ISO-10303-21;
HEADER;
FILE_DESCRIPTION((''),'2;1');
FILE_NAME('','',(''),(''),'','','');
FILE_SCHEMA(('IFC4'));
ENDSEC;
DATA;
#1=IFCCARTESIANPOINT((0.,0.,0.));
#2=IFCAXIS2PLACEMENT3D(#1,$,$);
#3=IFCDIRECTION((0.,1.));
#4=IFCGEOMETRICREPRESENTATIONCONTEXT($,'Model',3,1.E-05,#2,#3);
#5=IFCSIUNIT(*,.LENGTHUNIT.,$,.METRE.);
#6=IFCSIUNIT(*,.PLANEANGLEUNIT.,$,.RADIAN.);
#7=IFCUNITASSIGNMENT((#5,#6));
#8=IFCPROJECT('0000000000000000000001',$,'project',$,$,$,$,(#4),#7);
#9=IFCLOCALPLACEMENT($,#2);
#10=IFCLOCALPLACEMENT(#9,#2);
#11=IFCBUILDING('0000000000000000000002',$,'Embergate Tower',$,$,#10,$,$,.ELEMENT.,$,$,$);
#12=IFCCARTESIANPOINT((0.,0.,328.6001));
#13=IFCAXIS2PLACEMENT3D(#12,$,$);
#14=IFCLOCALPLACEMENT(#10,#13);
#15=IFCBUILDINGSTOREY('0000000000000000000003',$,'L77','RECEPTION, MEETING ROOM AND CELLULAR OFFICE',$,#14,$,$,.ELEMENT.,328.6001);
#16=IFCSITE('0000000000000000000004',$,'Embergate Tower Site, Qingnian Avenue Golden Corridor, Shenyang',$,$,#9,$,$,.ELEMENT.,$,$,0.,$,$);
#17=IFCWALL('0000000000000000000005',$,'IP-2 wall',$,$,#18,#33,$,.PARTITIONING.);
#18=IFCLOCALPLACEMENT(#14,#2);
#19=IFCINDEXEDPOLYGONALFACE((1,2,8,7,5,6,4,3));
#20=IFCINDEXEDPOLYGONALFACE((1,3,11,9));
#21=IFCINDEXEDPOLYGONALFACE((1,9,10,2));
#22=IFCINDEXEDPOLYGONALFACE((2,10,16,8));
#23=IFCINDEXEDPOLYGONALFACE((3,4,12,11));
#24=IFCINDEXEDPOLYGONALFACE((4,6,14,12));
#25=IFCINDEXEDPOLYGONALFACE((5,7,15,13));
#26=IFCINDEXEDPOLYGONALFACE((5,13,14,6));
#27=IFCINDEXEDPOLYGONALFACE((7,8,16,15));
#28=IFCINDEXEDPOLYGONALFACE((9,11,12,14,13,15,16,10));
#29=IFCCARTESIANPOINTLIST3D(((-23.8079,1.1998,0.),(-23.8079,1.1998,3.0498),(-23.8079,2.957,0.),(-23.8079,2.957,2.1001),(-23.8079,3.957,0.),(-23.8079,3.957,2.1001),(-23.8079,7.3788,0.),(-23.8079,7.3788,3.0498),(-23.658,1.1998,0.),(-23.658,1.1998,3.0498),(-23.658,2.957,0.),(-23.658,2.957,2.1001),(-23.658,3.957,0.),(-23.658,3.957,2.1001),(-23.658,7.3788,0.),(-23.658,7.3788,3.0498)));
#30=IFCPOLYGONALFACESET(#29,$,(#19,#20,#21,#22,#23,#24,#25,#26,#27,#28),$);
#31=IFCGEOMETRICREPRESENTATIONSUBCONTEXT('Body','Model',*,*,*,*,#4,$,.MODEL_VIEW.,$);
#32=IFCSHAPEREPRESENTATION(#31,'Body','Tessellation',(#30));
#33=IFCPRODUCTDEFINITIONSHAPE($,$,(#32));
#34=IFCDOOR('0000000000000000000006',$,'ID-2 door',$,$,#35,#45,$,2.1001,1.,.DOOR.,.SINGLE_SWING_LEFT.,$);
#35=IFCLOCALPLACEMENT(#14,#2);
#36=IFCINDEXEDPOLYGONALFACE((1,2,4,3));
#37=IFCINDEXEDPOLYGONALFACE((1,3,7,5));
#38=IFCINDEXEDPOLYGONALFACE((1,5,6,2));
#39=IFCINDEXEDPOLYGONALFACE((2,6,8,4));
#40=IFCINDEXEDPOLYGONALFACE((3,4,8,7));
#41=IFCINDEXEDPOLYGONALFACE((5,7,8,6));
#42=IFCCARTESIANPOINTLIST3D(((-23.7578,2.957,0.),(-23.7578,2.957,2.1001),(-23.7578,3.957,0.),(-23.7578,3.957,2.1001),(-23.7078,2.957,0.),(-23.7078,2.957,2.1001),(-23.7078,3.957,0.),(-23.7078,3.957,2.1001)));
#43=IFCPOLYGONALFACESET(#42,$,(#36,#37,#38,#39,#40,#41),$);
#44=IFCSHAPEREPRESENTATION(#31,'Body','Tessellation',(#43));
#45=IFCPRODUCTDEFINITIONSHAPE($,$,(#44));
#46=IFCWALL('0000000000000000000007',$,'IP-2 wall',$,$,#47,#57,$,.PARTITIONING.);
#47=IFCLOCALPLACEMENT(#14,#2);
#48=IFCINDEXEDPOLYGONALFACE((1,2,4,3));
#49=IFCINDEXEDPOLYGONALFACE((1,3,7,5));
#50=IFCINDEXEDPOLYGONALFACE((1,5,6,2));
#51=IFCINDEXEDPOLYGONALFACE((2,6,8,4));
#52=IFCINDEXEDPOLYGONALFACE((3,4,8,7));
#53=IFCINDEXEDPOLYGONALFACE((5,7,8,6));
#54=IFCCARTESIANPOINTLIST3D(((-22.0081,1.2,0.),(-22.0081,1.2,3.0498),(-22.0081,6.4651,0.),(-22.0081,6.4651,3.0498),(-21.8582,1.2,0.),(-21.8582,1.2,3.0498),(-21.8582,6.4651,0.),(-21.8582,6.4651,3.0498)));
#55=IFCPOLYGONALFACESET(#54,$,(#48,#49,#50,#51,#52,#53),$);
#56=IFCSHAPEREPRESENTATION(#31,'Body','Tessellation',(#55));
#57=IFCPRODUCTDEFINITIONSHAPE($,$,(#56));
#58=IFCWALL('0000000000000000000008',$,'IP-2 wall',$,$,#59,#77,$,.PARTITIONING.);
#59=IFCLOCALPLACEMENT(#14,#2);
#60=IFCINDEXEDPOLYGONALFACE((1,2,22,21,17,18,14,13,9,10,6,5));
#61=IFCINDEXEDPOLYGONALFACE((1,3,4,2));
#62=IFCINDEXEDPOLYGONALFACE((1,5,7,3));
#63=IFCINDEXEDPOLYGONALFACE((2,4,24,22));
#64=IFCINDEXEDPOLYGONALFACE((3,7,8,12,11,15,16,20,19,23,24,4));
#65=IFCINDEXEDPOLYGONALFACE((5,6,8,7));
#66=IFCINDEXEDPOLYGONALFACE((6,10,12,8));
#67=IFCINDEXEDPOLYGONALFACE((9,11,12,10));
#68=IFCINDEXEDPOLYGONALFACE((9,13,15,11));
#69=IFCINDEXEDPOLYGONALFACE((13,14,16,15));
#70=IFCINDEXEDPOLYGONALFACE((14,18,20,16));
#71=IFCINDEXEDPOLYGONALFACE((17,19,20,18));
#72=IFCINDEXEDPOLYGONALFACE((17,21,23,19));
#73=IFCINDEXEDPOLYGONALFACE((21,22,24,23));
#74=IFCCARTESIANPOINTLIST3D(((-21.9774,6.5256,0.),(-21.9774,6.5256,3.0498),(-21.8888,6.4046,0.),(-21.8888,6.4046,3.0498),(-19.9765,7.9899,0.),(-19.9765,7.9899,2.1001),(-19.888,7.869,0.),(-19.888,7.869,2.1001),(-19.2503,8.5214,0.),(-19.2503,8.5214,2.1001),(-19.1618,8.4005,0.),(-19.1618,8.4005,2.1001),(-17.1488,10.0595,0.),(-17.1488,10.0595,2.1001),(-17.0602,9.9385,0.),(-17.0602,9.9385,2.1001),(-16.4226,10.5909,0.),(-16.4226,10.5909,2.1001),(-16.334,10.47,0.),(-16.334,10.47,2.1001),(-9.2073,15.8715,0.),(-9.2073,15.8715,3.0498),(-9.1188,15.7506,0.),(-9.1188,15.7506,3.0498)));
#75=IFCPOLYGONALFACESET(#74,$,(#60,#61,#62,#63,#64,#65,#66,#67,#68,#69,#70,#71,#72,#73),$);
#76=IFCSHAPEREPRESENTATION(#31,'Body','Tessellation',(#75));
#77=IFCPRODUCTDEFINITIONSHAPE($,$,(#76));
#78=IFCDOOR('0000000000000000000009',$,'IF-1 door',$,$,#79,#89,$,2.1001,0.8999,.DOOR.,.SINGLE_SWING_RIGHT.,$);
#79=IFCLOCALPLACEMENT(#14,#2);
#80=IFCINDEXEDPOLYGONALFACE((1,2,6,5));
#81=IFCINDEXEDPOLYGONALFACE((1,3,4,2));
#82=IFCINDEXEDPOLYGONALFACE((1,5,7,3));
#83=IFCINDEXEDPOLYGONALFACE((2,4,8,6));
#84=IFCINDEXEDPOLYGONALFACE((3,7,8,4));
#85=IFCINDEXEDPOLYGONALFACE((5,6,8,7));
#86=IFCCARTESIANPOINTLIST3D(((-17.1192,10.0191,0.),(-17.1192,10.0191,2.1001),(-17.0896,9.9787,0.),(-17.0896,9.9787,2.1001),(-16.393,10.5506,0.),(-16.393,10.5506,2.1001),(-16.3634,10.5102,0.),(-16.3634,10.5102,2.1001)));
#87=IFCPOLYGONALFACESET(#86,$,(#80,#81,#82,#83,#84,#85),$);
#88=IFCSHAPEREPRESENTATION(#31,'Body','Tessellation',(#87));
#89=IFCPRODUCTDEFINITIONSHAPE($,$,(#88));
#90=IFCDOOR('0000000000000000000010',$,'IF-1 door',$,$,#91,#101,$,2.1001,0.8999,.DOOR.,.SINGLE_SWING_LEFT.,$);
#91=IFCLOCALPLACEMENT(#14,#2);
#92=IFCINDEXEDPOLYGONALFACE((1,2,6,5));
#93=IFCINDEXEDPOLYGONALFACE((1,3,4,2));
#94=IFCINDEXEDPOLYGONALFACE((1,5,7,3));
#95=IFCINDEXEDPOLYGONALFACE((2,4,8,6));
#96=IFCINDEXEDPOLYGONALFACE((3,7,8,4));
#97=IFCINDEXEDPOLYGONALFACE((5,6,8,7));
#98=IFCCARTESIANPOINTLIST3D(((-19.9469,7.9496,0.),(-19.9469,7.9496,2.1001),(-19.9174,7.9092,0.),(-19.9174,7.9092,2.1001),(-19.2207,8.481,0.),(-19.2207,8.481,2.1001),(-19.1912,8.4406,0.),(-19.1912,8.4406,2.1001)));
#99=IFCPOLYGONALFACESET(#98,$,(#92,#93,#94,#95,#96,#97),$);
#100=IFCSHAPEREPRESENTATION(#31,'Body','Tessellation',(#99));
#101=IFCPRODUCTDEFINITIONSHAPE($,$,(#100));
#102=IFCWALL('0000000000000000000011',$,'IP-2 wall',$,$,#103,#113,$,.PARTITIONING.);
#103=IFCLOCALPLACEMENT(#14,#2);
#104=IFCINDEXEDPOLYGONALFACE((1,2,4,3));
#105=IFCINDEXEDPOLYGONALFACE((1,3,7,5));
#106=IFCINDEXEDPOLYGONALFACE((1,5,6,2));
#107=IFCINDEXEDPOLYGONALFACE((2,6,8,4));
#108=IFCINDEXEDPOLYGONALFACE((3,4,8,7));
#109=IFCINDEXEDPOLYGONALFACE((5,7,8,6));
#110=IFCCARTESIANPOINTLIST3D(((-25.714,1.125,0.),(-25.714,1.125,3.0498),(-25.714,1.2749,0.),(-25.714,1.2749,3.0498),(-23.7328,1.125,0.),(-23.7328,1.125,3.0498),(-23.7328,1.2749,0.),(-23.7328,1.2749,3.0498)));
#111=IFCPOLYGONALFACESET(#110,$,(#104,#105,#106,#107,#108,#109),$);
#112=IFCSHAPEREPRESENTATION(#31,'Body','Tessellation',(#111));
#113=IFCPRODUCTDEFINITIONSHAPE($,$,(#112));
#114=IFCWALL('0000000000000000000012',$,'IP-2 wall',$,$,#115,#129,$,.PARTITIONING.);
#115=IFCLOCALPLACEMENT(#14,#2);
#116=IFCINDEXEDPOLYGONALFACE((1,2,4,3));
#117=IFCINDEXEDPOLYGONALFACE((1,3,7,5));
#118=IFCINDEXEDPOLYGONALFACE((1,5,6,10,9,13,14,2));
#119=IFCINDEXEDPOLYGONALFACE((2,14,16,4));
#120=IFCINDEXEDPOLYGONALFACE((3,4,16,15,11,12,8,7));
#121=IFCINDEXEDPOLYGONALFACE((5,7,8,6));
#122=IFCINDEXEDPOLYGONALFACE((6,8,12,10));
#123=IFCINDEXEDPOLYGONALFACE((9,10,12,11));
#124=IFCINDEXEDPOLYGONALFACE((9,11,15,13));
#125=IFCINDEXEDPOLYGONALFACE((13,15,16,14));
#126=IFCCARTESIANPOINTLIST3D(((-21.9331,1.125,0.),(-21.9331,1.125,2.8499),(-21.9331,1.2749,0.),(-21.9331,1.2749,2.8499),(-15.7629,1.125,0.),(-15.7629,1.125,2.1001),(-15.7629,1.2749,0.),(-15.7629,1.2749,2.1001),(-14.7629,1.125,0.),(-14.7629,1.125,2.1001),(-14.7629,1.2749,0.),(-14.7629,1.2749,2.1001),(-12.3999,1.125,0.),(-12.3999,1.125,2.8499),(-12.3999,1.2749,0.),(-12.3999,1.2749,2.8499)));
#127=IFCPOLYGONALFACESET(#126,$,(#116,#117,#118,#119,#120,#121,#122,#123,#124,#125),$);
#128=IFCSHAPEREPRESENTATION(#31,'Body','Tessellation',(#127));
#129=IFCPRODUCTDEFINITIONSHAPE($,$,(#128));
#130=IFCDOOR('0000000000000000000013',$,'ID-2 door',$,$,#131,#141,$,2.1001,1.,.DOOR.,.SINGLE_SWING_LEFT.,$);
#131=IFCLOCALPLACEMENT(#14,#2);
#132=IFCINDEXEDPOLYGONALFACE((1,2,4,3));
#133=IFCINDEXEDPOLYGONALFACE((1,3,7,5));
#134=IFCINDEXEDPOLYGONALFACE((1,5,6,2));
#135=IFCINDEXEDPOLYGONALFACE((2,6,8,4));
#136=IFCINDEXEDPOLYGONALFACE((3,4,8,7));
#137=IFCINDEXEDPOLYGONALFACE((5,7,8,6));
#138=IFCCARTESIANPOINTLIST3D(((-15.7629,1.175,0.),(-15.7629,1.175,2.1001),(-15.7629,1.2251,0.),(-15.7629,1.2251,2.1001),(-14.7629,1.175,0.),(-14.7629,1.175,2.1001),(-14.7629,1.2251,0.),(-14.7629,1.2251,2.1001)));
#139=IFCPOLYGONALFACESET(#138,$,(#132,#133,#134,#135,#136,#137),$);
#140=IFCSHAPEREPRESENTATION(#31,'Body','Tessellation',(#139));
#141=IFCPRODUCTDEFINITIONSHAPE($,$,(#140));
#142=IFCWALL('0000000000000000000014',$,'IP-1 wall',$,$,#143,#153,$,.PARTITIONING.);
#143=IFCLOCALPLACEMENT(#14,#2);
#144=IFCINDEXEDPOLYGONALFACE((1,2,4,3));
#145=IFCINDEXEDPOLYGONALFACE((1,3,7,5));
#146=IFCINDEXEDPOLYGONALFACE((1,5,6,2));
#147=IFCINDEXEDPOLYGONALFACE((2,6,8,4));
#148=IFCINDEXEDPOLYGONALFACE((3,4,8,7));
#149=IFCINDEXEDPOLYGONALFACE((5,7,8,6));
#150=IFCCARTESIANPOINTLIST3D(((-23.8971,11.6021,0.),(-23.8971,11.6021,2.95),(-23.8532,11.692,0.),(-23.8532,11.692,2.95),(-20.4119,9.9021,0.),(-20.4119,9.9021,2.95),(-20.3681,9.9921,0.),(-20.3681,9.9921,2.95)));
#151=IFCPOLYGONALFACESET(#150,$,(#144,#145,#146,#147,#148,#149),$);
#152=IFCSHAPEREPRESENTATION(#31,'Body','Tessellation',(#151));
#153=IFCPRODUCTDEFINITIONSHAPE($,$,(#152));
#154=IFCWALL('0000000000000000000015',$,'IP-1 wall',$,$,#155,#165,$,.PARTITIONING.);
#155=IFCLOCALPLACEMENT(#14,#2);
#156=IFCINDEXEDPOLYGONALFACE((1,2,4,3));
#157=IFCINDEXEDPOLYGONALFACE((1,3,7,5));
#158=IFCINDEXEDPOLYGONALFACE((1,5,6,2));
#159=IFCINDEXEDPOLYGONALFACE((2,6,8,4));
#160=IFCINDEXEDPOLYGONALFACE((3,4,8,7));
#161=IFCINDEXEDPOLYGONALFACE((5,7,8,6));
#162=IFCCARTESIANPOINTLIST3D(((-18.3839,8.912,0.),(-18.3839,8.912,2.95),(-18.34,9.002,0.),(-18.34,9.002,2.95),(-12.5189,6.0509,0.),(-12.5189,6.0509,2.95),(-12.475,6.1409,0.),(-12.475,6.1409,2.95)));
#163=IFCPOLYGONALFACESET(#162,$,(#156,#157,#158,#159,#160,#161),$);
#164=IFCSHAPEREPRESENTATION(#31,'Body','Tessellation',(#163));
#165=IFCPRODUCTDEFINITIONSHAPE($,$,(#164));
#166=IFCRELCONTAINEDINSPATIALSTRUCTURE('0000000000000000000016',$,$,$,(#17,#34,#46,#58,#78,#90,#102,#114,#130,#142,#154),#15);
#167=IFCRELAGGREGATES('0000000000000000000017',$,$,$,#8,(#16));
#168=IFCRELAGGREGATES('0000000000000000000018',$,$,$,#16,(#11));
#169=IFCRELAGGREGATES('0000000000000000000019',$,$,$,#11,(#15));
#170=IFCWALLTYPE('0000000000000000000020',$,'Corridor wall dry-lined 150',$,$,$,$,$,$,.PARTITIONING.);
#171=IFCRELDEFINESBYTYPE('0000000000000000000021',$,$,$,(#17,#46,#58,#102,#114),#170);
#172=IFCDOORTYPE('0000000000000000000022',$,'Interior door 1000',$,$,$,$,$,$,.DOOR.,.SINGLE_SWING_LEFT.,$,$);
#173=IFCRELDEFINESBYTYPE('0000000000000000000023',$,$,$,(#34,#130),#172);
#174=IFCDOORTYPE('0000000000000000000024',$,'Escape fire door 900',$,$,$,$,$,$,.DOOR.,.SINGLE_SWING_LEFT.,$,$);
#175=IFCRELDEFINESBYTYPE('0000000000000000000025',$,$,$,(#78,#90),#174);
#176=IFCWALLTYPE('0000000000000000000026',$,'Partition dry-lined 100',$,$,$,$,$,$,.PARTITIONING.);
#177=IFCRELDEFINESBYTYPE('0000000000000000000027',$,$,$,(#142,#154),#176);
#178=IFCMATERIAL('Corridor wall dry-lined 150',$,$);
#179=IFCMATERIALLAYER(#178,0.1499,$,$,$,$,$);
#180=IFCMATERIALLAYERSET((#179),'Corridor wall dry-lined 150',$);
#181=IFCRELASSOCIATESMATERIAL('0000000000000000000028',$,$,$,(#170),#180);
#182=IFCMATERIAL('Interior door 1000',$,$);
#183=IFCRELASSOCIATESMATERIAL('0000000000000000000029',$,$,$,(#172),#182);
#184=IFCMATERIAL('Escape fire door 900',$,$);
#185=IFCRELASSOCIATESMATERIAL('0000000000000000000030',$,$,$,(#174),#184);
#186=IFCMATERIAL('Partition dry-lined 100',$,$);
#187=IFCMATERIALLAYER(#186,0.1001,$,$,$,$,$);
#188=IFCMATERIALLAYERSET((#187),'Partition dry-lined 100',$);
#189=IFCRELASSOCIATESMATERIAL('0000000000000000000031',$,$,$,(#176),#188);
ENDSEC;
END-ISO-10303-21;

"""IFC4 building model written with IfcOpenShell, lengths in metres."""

from ifc_helpers import new_model, si_unit, direction, frame, frame_2d, origin, place, context, subcontext, project, spatial, rectangle, extrude, source, transform, mapped, material, layer, layer_set, type_object, element, fill, save


model = new_model("IFC4")

# Units and contexts
model_context = context("Model", 3, precision=1e-05, world=origin(), true_north=direction((0.0, 1.0)))
body_context = subcontext(model_context, "Body", "Model", "MODEL_VIEW")
ifc_project = project(units=[si_unit("LENGTHUNIT", "METRE"), si_unit("PLANEANGLEUNIT", "RADIAN")], contexts=[model_context])

# Site, building, storey
site_placement = place(None, origin())
site = spatial("IfcSite", under=ifc_project, at=site_placement, Name="Embergate Tower Site, Qingnian Avenue Golden Corridor, Shenyang", CompositionType="ELEMENT", RefElevation=0.0)
building_placement = place(site_placement, origin())
building = spatial("IfcBuilding", under=site, at=building_placement, Name="Embergate Tower", CompositionType="ELEMENT")
storey_placement = place(building_placement, frame((0.0, 0.0, 328.6001)))
storey = spatial("IfcBuildingStorey", under=building, at=storey_placement, Name="L77", Description="RECEPTION, MEETING ROOM AND CELLULAR OFFICE", CompositionType="ELEMENT", Elevation=328.6001)

# Wall, opening, door
ifc_material_1 = material(Name="Corridor wall dry-lined 150")
ifc_layer_1 = layer(ifc_material_1, 0.1499)
ifc_layer_set_1 = layer_set([ifc_layer_1], Name="Corridor wall dry-lined 150")
wall_type_1 = type_object("IfcWallType", Name="Corridor wall dry-lined 150", PredefinedType="PARTITIONING", material=ifc_layer_set_1)
shared_shape_1 = source(origin(), body_context, "Body", "SweptSolid", [
    extrude(rectangle(XDim=6.179, YDim=0.1499, at=frame_2d((3.0894, 0.0))), origin(), (0.0, 0.0, 1.0), 3.0498),
])
wall_1_placement = place(storey_placement, frame((-23.7329, 1.2, 0.0), z_axis=(0.0, 0.0, 1.0), x_axis=(0.0, 1.0, 0.0)))
wall_1 = element("IfcWall", 1, at=wall_1_placement, inside=storey, type_object=wall_type_1, Name="IP-2 wall", PredefinedType="PARTITIONING", context=body_context, shape_type="MappedRepresentation", body=[
    mapped(shared_shape_1, transform((0.0, 0.0, 0.0))),
])
shared_shape_2 = source(origin(), body_context, "Body", "SweptSolid", [
    extrude(rectangle(XDim=1.0, YDim=2.1001, at=frame_2d((0.5, 1.05))), frame((0.0, 0.085, 0.0), z_axis=(0.0, -1.0, 0.0), x_axis=(1.0, 0.0, 0.0)), (0.0, 0.0, 1.0), 0.1699),
])
opening_1_placement = place(wall_1_placement, frame((1.7571, 0.0, 0.0)))
opening_1 = element("IfcOpeningElement", 2, at=opening_1_placement, cuts=wall_1, PredefinedType="OPENING", context=body_context, shape_type="MappedRepresentation", body=[
    mapped(shared_shape_2, transform((0.0, 0.0, 0.0))),
])
ifc_material_2 = material(Name="Interior door 1000")
door_type_1 = type_object("IfcDoorType", Name="Interior door 1000", OperationType="SINGLE_SWING_LEFT", PredefinedType="DOOR", material=ifc_material_2)
shared_shape_3 = source(origin(), body_context, "Body", "SweptSolid", [
    extrude(rectangle(XDim=1.0, YDim=2.1001, at=frame_2d((0.5, 1.05))), frame((0.0, 0.0249, 0.0), z_axis=(0.0, -1.0, 0.0), x_axis=(1.0, 0.0, 0.0)), (0.0, 0.0, 1.0), 0.05),
])
door_1_placement = place(opening_1_placement, origin())
door_1 = element("IfcDoor", 3, at=door_1_placement, inside=storey, type_object=door_type_1, Name="ID-2 door", OperationType="SINGLE_SWING_LEFT", OverallHeight=2.1001, OverallWidth=1.0, PredefinedType="DOOR", context=body_context, shape_type="MappedRepresentation", body=[
    mapped(shared_shape_3, transform((0.0, 0.0, 0.0))),
])
fill(opening_1, door_1)

# Wall
shared_shape_4 = source(origin(), body_context, "Body", "SweptSolid", [
    extrude(rectangle(XDim=5.2651, YDim=0.1499, at=frame_2d((2.6326, 0.0))), origin(), (0.0, 0.0, 1.0), 3.0498),
])
wall_2_placement = place(storey_placement, frame((-21.9331, 1.2, 0.0), z_axis=(0.0, 0.0, 1.0), x_axis=(0.0, 1.0, 0.0)))
element("IfcWall", 4, at=wall_2_placement, inside=storey, type_object=wall_type_1, Name="IP-2 wall", PredefinedType="PARTITIONING", context=body_context, shape_type="MappedRepresentation", body=[
    mapped(shared_shape_4, transform((0.0, 0.0, 0.0))),
])

# Wall, openings, doors
shared_shape_5 = source(origin(), body_context, "Body", "SweptSolid", [
    extrude(rectangle(XDim=15.8247, YDim=0.1499, at=frame_2d((7.9124, 0.0))), origin(), (0.0, 0.0, 1.0), 3.0498),
])
wall_3_placement = place(storey_placement, frame((-21.9331, 6.4651, 0.0), z_axis=(0.0, 0.0, 1.0), x_axis=(0.806969, 0.590594, 0.0)))
wall_3 = element("IfcWall", 5, at=wall_3_placement, inside=storey, type_object=wall_type_1, Name="IP-2 wall", PredefinedType="PARTITIONING", context=body_context, shape_type="MappedRepresentation", body=[
    mapped(shared_shape_5, transform((0.0, 0.0, 0.0))),
])
shared_shape_6 = source(origin(), body_context, "Body", "SweptSolid", [
    extrude(rectangle(XDim=0.8999, YDim=2.1001, at=frame_2d((0.45, 1.05))), frame((0.0, 0.085, 0.0), z_axis=(0.0, -1.0, 0.0), x_axis=(1.0, 0.0, 0.0)), (0.0, 0.0, 1.0), 0.1699),
])
opening_2_placement = place(wall_3_placement, frame((5.9836, 0.0, 0.0)))
opening_2 = element("IfcOpeningElement", 6, at=opening_2_placement, cuts=wall_3, PredefinedType="OPENING", context=body_context, shape_type="MappedRepresentation", body=[
    mapped(shared_shape_6, transform((0.0, 0.0, 0.0))),
])
opening_3_placement = place(wall_3_placement, frame((2.4795, 0.0, 0.0)))
opening_3 = element("IfcOpeningElement", 7, at=opening_3_placement, cuts=wall_3, PredefinedType="OPENING", context=body_context, shape_type="MappedRepresentation", body=[
    mapped(shared_shape_6, transform((0.0, 0.0, 0.0))),
])
ifc_material_3 = material(Name="Escape fire door 900")
door_type_2 = type_object("IfcDoorType", Name="Escape fire door 900", OperationType="SINGLE_SWING_LEFT", PredefinedType="DOOR", material=ifc_material_3)
shared_shape_7 = source(origin(), body_context, "Body", "SweptSolid", [
    extrude(rectangle(XDim=0.8999, YDim=2.1001, at=frame_2d((0.45, 1.05))), frame((0.0, 0.0249, 0.0), z_axis=(0.0, -1.0, 0.0), x_axis=(1.0, 0.0, 0.0)), (0.0, 0.0, 1.0), 0.05),
])
door_2_placement = place(opening_2_placement, origin())
door_2 = element("IfcDoor", 8, at=door_2_placement, inside=storey, type_object=door_type_2, Name="IF-1 door", OperationType="SINGLE_SWING_RIGHT", OverallHeight=2.1001, OverallWidth=0.8999, PredefinedType="DOOR", context=body_context, shape_type="MappedRepresentation", body=[
    mapped(shared_shape_7, transform((0.0, 0.0, 0.0))),
])
fill(opening_2, door_2)
door_3_placement = place(opening_3_placement, origin())
door_3 = element("IfcDoor", 9, at=door_3_placement, inside=storey, type_object=door_type_2, Name="IF-1 door", OperationType="SINGLE_SWING_LEFT", OverallHeight=2.1001, OverallWidth=0.8999, PredefinedType="DOOR", context=body_context, shape_type="MappedRepresentation", body=[
    mapped(shared_shape_7, transform((0.0, 0.0, 0.0))),
])
fill(opening_3, door_3)

# Wall
shared_shape_8 = source(origin(), body_context, "Body", "SweptSolid", [
    extrude(rectangle(XDim=1.9812, YDim=0.1499, at=frame_2d((0.9907, 0.0))), origin(), (0.0, 0.0, 1.0), 3.0498),
])
wall_4_placement = place(storey_placement, frame((-25.7141, 1.2, 0.0), z_axis=(0.0, 0.0, 1.0), x_axis=(1.0, 0.0, 0.0)))
element("IfcWall", 10, at=wall_4_placement, inside=storey, type_object=wall_type_1, Name="IP-2 wall", PredefinedType="PARTITIONING", context=body_context, shape_type="MappedRepresentation", body=[
    mapped(shared_shape_8, transform((0.0, 0.0, 0.0))),
])

# Wall, opening, door
shared_shape_9 = source(origin(), body_context, "Body", "SweptSolid", [
    extrude(rectangle(XDim=9.5332, YDim=0.1499, at=frame_2d((4.7666, 0.0))), origin(), (0.0, 0.0, 1.0), 2.8499),
])
wall_5_placement = place(storey_placement, frame((-12.3999, 1.2, 0.0), z_axis=(0.0, 0.0, 1.0), x_axis=(-1.0, 0.0, 0.0)))
wall_5 = element("IfcWall", 11, at=wall_5_placement, inside=storey, type_object=wall_type_1, Name="IP-2 wall", PredefinedType="PARTITIONING", context=body_context, shape_type="MappedRepresentation", body=[
    mapped(shared_shape_9, transform((0.0, 0.0, 0.0))),
])
opening_4_placement = place(wall_5_placement, frame((2.363, 0.0, 0.0)))
opening_4 = element("IfcOpeningElement", 12, at=opening_4_placement, cuts=wall_5, PredefinedType="OPENING", context=body_context, shape_type="MappedRepresentation", body=[
    mapped(shared_shape_2, transform((0.0, 0.0, 0.0))),
])
door_4_placement = place(opening_4_placement, origin())
door_4 = element("IfcDoor", 13, at=door_4_placement, inside=storey, type_object=door_type_1, Name="ID-2 door", OperationType="SINGLE_SWING_LEFT", OverallHeight=2.1001, OverallWidth=1.0, PredefinedType="DOOR", context=body_context, shape_type="MappedRepresentation", body=[
    mapped(shared_shape_3, transform((0.0, 0.0, 0.0))),
])
fill(opening_4, door_4)

# Walls
ifc_material_4 = material(Name="Partition dry-lined 100")
ifc_layer_2 = layer(ifc_material_4, 0.1001)
ifc_layer_set_2 = layer_set([ifc_layer_2], Name="Partition dry-lined 100")
wall_type_2 = type_object("IfcWallType", Name="Partition dry-lined 100", PredefinedType="PARTITIONING", material=ifc_layer_set_2)
shared_shape_10 = source(origin(), body_context, "Body", "SweptSolid", [
    extrude(rectangle(XDim=3.8777, YDim=0.1001, at=frame_2d((1.939, 0.0))), origin(), (0.0, 0.0, 1.0), 2.95),
])
wall_6_placement = place(storey_placement, frame((-20.3899, 9.947, 0.0), z_axis=(0.0, 0.0, 1.0), x_axis=(-0.898779, 0.438403, 0.0)))
element("IfcWall", 14, at=wall_6_placement, inside=storey, type_object=wall_type_2, Name="IP-1 wall", PredefinedType="PARTITIONING", context=body_context, shape_type="MappedRepresentation", body=[
    mapped(shared_shape_10, transform((0.0, 0.0, 0.0))),
])
shared_shape_11 = source(origin(), body_context, "Body", "SweptSolid", [
    extrude(rectangle(XDim=6.5256, YDim=0.1001, at=frame_2d((3.2627, 0.0))), origin(), (0.0, 0.0, 1.0), 2.95),
])
wall_7_placement = place(storey_placement, frame((-12.4971, 6.0959, 0.0), z_axis=(0.0, 0.0, 1.0), x_axis=(-0.898762, 0.438438, 0.0)))
element("IfcWall", 15, at=wall_7_placement, inside=storey, type_object=wall_type_2, Name="IP-1 wall", PredefinedType="PARTITIONING", context=body_context, shape_type="MappedRepresentation", body=[
    mapped(shared_shape_11, transform((0.0, 0.0, 0.0))),
])

save(model, "model.ifc")
